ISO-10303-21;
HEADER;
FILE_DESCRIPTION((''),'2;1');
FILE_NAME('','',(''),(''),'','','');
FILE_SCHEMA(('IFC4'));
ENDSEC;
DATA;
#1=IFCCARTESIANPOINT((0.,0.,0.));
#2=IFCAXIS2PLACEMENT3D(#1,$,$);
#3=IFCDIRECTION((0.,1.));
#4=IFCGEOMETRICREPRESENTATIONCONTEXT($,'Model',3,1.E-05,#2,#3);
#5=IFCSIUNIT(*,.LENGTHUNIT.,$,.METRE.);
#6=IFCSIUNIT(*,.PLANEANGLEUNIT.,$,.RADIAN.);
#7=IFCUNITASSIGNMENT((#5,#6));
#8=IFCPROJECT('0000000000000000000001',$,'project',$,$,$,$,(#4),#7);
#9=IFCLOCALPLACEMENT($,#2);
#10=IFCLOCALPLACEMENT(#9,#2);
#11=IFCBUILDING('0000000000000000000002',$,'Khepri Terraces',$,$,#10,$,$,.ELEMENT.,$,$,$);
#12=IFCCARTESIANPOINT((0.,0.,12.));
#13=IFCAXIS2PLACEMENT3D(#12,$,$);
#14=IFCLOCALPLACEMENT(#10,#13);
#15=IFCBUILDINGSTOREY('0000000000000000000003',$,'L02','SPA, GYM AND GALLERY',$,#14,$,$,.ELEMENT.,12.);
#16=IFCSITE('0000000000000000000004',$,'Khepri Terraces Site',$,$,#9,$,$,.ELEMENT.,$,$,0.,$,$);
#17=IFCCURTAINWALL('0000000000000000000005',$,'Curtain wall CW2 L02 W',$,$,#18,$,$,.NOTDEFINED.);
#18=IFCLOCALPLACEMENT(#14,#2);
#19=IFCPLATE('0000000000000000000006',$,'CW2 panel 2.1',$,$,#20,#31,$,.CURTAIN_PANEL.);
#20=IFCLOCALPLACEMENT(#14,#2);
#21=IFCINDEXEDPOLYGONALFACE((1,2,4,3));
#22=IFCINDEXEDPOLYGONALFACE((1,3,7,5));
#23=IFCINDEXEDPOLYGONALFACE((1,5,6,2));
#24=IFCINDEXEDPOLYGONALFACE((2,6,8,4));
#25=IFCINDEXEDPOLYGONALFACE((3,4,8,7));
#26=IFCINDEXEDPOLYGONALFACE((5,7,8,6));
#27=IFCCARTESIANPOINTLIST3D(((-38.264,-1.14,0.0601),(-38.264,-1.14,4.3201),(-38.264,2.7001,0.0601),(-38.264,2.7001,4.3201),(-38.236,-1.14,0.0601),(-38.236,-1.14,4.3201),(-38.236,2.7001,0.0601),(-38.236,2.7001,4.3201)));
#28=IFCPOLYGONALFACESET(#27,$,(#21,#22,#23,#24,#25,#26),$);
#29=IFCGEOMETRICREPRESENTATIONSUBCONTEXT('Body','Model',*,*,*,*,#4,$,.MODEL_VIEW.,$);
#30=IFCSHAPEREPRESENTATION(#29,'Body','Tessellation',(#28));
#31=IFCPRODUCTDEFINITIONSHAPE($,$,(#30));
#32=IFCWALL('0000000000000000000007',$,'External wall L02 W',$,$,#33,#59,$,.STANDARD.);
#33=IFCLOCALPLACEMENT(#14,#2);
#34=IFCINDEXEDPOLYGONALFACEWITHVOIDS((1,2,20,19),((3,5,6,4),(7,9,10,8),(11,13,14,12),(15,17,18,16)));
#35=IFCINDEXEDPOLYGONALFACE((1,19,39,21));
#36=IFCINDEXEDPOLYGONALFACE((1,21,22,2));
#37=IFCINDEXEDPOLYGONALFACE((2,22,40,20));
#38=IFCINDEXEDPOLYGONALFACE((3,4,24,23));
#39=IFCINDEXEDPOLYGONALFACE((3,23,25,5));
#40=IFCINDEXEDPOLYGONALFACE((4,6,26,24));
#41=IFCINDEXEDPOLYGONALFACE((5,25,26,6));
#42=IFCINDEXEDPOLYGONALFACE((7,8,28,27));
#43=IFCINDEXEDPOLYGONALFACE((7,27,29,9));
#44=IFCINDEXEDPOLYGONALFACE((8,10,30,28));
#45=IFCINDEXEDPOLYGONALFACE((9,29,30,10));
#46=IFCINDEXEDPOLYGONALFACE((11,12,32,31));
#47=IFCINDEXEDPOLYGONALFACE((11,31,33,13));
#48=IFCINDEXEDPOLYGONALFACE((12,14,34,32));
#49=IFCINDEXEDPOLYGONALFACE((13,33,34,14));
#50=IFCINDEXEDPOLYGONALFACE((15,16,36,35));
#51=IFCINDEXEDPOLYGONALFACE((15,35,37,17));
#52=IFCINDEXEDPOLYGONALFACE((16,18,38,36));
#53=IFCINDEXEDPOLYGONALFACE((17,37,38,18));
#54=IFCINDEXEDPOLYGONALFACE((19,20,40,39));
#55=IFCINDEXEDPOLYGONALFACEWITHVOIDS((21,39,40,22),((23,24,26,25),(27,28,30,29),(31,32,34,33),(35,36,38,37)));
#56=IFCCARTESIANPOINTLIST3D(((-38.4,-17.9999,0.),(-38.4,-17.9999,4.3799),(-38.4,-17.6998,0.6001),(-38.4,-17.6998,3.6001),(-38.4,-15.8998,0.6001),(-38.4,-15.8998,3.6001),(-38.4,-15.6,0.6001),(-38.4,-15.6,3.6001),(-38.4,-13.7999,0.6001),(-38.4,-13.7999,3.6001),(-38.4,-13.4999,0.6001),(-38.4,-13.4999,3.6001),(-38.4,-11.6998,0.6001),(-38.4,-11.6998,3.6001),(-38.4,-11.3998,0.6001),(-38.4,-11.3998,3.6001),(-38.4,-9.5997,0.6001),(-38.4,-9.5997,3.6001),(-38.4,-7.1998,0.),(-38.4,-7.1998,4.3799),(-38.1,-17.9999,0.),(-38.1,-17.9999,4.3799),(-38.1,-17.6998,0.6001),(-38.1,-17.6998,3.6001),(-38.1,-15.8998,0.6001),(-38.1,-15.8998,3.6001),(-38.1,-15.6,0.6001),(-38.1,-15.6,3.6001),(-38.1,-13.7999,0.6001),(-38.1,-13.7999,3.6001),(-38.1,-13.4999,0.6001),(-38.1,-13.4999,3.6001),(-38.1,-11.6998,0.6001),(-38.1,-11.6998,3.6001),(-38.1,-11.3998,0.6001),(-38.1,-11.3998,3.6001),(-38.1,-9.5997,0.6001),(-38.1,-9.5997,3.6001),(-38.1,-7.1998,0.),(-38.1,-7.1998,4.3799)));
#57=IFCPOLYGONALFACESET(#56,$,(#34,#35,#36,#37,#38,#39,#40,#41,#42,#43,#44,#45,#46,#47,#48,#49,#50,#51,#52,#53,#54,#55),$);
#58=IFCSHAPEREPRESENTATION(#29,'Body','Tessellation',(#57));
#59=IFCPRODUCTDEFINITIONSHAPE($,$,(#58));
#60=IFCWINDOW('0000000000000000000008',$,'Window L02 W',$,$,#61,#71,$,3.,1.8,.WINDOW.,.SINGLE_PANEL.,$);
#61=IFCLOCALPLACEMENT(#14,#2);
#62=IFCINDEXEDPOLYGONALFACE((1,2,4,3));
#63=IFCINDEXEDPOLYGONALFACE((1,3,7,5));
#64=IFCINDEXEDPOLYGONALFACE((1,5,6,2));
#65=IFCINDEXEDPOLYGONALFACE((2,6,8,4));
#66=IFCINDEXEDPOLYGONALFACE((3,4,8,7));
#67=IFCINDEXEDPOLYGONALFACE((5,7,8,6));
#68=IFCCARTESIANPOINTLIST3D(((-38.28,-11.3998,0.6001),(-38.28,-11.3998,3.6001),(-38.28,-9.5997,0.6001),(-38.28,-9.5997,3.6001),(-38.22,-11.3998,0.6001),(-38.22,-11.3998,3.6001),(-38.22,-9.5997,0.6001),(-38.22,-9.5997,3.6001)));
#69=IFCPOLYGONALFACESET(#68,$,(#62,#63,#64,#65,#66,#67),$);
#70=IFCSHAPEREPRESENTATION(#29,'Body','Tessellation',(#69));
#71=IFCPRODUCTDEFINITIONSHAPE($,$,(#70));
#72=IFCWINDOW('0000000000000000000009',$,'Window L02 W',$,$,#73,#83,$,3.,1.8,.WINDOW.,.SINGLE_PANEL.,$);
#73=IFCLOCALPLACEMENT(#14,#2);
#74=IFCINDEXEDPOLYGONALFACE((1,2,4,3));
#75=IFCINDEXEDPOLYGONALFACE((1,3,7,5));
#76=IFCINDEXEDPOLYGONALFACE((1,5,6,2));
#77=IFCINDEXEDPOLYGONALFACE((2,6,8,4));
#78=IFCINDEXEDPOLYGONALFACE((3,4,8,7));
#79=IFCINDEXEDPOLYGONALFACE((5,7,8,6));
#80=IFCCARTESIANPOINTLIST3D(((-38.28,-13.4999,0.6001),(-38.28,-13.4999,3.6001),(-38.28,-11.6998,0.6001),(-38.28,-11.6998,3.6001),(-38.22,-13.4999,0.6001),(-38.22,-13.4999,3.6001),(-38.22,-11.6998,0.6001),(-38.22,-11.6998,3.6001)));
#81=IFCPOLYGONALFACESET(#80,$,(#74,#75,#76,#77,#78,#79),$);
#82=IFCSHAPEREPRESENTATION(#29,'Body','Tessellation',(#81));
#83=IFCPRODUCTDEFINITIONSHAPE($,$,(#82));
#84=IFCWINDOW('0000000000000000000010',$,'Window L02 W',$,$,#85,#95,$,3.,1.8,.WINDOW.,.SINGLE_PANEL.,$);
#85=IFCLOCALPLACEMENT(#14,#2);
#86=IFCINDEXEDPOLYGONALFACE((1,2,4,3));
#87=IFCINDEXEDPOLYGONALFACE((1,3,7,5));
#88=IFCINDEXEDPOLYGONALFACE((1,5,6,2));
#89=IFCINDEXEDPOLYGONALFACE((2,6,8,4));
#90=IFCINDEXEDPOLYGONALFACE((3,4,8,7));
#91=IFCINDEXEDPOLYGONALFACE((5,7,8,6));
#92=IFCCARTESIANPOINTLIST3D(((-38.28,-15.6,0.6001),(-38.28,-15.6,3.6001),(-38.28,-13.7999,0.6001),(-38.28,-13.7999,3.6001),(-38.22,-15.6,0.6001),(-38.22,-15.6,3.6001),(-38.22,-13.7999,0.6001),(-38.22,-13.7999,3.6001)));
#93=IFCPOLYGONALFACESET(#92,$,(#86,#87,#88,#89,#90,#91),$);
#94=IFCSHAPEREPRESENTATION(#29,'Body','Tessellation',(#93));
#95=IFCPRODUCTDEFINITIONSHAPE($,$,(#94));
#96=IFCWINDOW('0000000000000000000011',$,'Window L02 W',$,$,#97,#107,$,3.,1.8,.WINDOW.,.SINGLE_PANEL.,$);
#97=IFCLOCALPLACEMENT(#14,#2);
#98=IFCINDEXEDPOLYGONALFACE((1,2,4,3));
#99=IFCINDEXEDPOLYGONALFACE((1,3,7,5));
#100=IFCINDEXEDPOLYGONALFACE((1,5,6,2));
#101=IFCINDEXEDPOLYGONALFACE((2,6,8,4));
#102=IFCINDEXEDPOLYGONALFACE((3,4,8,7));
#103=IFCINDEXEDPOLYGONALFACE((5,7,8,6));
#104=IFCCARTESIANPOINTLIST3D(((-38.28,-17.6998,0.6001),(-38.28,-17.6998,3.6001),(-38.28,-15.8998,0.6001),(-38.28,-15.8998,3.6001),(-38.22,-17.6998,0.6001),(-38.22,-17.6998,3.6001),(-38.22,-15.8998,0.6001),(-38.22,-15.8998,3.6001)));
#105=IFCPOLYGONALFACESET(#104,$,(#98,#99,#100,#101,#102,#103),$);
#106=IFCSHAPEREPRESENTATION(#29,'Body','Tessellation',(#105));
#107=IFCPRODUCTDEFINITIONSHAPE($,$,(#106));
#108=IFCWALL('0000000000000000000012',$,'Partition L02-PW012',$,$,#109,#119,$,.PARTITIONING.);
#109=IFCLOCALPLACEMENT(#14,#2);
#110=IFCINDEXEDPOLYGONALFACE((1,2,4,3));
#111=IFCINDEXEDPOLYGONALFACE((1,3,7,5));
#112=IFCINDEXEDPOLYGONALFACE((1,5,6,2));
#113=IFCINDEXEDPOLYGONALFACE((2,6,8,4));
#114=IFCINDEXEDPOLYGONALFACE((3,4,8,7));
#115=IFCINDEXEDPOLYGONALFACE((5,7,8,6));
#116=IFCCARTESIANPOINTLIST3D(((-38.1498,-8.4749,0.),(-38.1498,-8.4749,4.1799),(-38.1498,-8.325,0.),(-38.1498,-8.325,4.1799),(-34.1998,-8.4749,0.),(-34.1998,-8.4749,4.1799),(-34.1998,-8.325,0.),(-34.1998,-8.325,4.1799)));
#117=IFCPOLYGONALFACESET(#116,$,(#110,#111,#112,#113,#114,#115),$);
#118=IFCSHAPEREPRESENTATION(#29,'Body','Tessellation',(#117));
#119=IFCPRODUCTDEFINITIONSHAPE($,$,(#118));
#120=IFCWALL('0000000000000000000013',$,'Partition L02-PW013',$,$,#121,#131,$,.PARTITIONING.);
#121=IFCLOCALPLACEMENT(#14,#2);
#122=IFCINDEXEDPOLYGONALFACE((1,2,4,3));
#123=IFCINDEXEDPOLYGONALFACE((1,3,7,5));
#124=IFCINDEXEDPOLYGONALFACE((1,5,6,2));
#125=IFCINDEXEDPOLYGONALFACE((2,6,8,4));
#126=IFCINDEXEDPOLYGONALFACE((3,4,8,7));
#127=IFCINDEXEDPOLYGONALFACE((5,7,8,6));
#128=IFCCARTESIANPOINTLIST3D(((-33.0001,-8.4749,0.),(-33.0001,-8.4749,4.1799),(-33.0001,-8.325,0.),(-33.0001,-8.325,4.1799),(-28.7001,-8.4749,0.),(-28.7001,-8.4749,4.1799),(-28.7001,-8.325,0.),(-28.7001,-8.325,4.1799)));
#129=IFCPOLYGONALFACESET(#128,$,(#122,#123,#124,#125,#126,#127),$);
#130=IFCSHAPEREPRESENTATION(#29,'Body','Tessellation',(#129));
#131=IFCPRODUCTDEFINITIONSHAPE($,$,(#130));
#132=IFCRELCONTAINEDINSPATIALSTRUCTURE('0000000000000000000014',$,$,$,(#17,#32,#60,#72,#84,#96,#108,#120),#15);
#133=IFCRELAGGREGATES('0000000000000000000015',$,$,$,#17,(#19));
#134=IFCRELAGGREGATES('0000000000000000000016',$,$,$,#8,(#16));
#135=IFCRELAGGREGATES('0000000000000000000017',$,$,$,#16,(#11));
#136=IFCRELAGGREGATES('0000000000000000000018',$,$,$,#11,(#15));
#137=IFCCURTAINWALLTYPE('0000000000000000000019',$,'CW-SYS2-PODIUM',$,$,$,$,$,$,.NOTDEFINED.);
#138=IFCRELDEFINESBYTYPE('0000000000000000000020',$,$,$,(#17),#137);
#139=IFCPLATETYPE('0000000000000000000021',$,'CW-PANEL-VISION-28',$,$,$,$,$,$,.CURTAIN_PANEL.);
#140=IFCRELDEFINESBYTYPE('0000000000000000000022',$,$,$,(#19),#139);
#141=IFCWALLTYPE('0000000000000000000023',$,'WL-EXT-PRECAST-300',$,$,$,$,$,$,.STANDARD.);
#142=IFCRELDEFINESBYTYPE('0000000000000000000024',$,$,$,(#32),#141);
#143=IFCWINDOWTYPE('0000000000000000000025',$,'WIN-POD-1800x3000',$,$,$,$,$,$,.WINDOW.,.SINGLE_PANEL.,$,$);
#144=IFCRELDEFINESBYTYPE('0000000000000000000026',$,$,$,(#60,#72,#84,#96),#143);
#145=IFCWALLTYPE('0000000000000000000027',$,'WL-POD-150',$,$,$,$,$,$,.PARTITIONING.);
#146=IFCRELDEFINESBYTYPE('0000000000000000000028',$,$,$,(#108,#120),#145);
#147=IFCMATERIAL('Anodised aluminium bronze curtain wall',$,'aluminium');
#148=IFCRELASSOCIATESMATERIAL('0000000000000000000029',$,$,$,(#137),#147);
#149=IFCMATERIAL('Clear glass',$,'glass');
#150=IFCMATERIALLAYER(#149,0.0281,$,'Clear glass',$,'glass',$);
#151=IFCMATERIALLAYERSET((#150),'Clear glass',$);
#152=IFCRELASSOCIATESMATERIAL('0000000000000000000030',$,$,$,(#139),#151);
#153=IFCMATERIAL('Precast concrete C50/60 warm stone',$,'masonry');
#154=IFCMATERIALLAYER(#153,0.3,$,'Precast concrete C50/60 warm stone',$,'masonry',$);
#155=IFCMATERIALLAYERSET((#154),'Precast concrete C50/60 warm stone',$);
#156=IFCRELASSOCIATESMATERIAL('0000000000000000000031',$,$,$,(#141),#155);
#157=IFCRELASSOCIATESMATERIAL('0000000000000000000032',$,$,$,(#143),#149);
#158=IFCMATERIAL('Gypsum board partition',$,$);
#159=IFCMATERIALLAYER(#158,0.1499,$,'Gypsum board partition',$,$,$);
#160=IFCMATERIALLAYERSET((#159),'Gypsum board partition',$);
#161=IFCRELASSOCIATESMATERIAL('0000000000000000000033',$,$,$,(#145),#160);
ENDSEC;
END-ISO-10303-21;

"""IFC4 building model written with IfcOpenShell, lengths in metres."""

from ifc_helpers import new_model, si_unit, direction, frame, frame_2d, origin, origin_2d, place, context, subcontext, project, spatial, rectangle, extrude, material, layer, layer_set, type_object, element, fill, aggregate, save


model = new_model("IFC4")

# Units and contexts
model_context = context("Model", 3, precision=1e-05, world=origin(), true_north=direction((0.0, 1.0)))
body_context = subcontext(model_context, "Body", "Model", "MODEL_VIEW")
ifc_project = project(units=[si_unit("LENGTHUNIT", "METRE"), si_unit("PLANEANGLEUNIT", "RADIAN")], contexts=[model_context])

# Site, building, storey
site_placement = place(None, origin())
site = spatial("IfcSite", under=ifc_project, at=site_placement, Name="Khepri Terraces Site", CompositionType="ELEMENT", RefElevation=0.0)
building_placement = place(site_placement, origin())
building = spatial("IfcBuilding", under=site, at=building_placement, Name="Khepri Terraces", CompositionType="ELEMENT")
storey_placement = place(building_placement, frame((0.0, 0.0, 12.0)))
storey = spatial("IfcBuildingStorey", under=building, at=storey_placement, Name="L02", Description="SPA, GYM AND GALLERY", CompositionType="ELEMENT", Elevation=12.0)

# Curtain wall
ifc_material_1 = material(Name="Anodised aluminium bronze curtain wall", Category="aluminium")
curtain_wall_type = type_object("IfcCurtainWallType", Name="CW-SYS2-PODIUM", PredefinedType="NOTDEFINED", material=ifc_material_1)
curtain_wall_placement = place(storey_placement, origin())
curtain_wall = element("IfcCurtainWall", 1, at=curtain_wall_placement, inside=storey, type_object=curtain_wall_type, Name="Curtain wall CW2 L02 W", PredefinedType="NOTDEFINED")

# Plate
ifc_material_2 = material(Name="Clear glass", Category="glass")
ifc_layer_1 = layer(ifc_material_2, 0.0281, Name="Clear glass", Category="glass")
ifc_layer_set_1 = layer_set([ifc_layer_1], Name="Clear glass")
plate_type = type_object("IfcPlateType", Name="CW-PANEL-VISION-28", PredefinedType="CURTAIN_PANEL", material=ifc_layer_set_1)
plate_placement = place(storey_placement, frame((-38.25, 0.78, 0.0601), z_axis=(0.0, 0.0, 1.0), x_axis=(0.0, -1.0, 0.0)))
plate = element("IfcPlate", 2, at=plate_placement, type_object=plate_type, Name="CW2 panel 2.1", PredefinedType="CURTAIN_PANEL", context=body_context, shape_type="SweptSolid", body=[
    extrude(rectangle(XDim=3.8401, YDim=0.0281, at=origin_2d()), origin(), (0.0, 0.0, 1.0), 4.26),
])
aggregate(curtain_wall, [plate])

# Shared definitions
ifc_material_3 = material(Name="Precast concrete C50/60 warm stone", Category="masonry")
ifc_layer_2 = layer(ifc_material_3, 0.3, Name="Precast concrete C50/60 warm stone", Category="masonry")
ifc_layer_set_2 = layer_set([ifc_layer_2], Name="Precast concrete C50/60 warm stone")
wall_type_1 = type_object("IfcWallType", Name="WL-EXT-PRECAST-300", PredefinedType="STANDARD", material=ifc_layer_set_2)

# Wall, openings, windows
wall_1_placement = place(storey_placement, frame((-38.25, -7.2, 0.0), z_axis=(0.0, 0.0, 1.0), x_axis=(0.0, -1.0, 0.0)))
wall_1 = element("IfcWall", 3, at=wall_1_placement, inside=storey, type_object=wall_type_1, Name="External wall L02 W", PredefinedType="STANDARD", context=body_context, shape_type="SweptSolid", body=[
    extrude(rectangle(XDim=10.8, YDim=0.3, at=frame_2d((5.3999, 0.0))), origin(), (0.0, 0.0, 1.0), 4.3799),
])
opening_1_placement = place(wall_1_placement, frame((2.3999, 0.0, 0.6001)))
opening_1 = element("IfcOpeningElement", 4, at=opening_1_placement, cuts=wall_1, PredefinedType="OPENING", context=body_context, shape_type="SweptSolid", body=[
    extrude(rectangle(XDim=1.8, YDim=3.0, at=frame_2d((0.8999, 1.5))), frame((0.0, 0.1602, 0.0), z_axis=(0.0, -1.0, 0.0), x_axis=(1.0, 0.0, 0.0)), (0.0, 0.0, 1.0), 0.3201),
])
opening_2_placement = place(wall_1_placement, frame((4.5, 0.0, 0.6001)))
opening_2 = element("IfcOpeningElement", 5, at=opening_2_placement, cuts=wall_1, PredefinedType="OPENING", context=body_context, shape_type="SweptSolid", body=[
    extrude(rectangle(XDim=1.8, YDim=3.0, at=frame_2d((0.8999, 1.5))), frame((0.0, 0.1602, 0.0), z_axis=(0.0, -1.0, 0.0), x_axis=(1.0, 0.0, 0.0)), (0.0, 0.0, 1.0), 0.3201),
])
opening_3_placement = place(wall_1_placement, frame((6.6001, 0.0, 0.6001)))
opening_3 = element("IfcOpeningElement", 6, at=opening_3_placement, cuts=wall_1, PredefinedType="OPENING", context=body_context, shape_type="SweptSolid", body=[
    extrude(rectangle(XDim=1.8, YDim=3.0, at=frame_2d((0.8999, 1.5))), frame((0.0, 0.1602, 0.0), z_axis=(0.0, -1.0, 0.0), x_axis=(1.0, 0.0, 0.0)), (0.0, 0.0, 1.0), 0.3201),
])
opening_4_placement = place(wall_1_placement, frame((8.7, 0.0, 0.6001)))
opening_4 = element("IfcOpeningElement", 7, at=opening_4_placement, cuts=wall_1, PredefinedType="OPENING", context=body_context, shape_type="SweptSolid", body=[
    extrude(rectangle(XDim=1.8, YDim=3.0, at=frame_2d((0.8999, 1.5))), frame((0.0, 0.1602, 0.0), z_axis=(0.0, -1.0, 0.0), x_axis=(1.0, 0.0, 0.0)), (0.0, 0.0, 1.0), 0.3201),
])
window_type = type_object("IfcWindowType", Name="WIN-POD-1800x3000", PartitioningType="SINGLE_PANEL", PredefinedType="WINDOW", material=ifc_material_2)
window_1_placement = place(opening_1_placement, origin())
window_1 = element("IfcWindow", 8, at=window_1_placement, inside=storey, type_object=window_type, Name="Window L02 W", OverallHeight=3.0, OverallWidth=1.8, PartitioningType="SINGLE_PANEL", PredefinedType="WINDOW", context=body_context, shape_type="SweptSolid", body=[
    extrude(rectangle(XDim=1.8, YDim=3.0, at=frame_2d((0.8999, 1.5))), frame((0.0, 0.03, 0.0), z_axis=(0.0, -1.0, 0.0), x_axis=(1.0, 0.0, 0.0)), (0.0, 0.0, 1.0), 0.0601),
])
fill(opening_1, window_1)
window_2_placement = place(opening_2_placement, origin())
window_2 = element("IfcWindow", 9, at=window_2_placement, inside=storey, type_object=window_type, Name="Window L02 W", OverallHeight=3.0, OverallWidth=1.8, PartitioningType="SINGLE_PANEL", PredefinedType="WINDOW", context=body_context, shape_type="SweptSolid", body=[
    extrude(rectangle(XDim=1.8, YDim=3.0, at=frame_2d((0.8999, 1.5))), frame((0.0, 0.03, 0.0), z_axis=(0.0, -1.0, 0.0), x_axis=(1.0, 0.0, 0.0)), (0.0, 0.0, 1.0), 0.0601),
])
fill(opening_2, window_2)
window_3_placement = place(opening_3_placement, origin())
window_3 = element("IfcWindow", 10, at=window_3_placement, inside=storey, type_object=window_type, Name="Window L02 W", OverallHeight=3.0, OverallWidth=1.8, PartitioningType="SINGLE_PANEL", PredefinedType="WINDOW", context=body_context, shape_type="SweptSolid", body=[
    extrude(rectangle(XDim=1.8, YDim=3.0, at=frame_2d((0.8999, 1.5))), frame((0.0, 0.03, 0.0), z_axis=(0.0, -1.0, 0.0), x_axis=(1.0, 0.0, 0.0)), (0.0, 0.0, 1.0), 0.0601),
])
fill(opening_3, window_3)
window_4_placement = place(opening_4_placement, origin())
window_4 = element("IfcWindow", 11, at=window_4_placement, inside=storey, type_object=window_type, Name="Window L02 W", OverallHeight=3.0, OverallWidth=1.8, PartitioningType="SINGLE_PANEL", PredefinedType="WINDOW", context=body_context, shape_type="SweptSolid", body=[
    extrude(rectangle(XDim=1.8, YDim=3.0, at=frame_2d((0.8999, 1.5))), frame((0.0, 0.03, 0.0), z_axis=(0.0, -1.0, 0.0), x_axis=(1.0, 0.0, 0.0)), (0.0, 0.0, 1.0), 0.0601),
])
fill(opening_4, window_4)

# Walls
ifc_material_4 = material(Name="Gypsum board partition")
ifc_layer_3 = layer(ifc_material_4, 0.1499, Name="Gypsum board partition")
ifc_layer_set_3 = layer_set([ifc_layer_3], Name="Gypsum board partition")
wall_type_2 = type_object("IfcWallType", Name="WL-POD-150", PredefinedType="PARTITIONING", material=ifc_layer_set_3)
wall_2_placement = place(storey_placement, frame((-38.1499, -8.3999, 0.0), z_axis=(0.0, 0.0, 1.0), x_axis=(1.0, 0.0, 0.0)))
element("IfcWall", 12, at=wall_2_placement, inside=storey, type_object=wall_type_2, Name="Partition L02-PW012", PredefinedType="PARTITIONING", context=body_context, shape_type="SweptSolid", body=[
    extrude(rectangle(XDim=3.95, YDim=0.1499, at=frame_2d((1.9751, 0.0))), origin(), (0.0, 0.0, 1.0), 4.1799),
])
wall_3_placement = place(storey_placement, frame((-33.0, -8.3999, 0.0), z_axis=(0.0, 0.0, 1.0), x_axis=(1.0, 0.0, 0.0)))
element("IfcWall", 13, at=wall_3_placement, inside=storey, type_object=wall_type_2, Name="Partition L02-PW013", PredefinedType="PARTITIONING", context=body_context, shape_type="SweptSolid", body=[
    extrude(rectangle(XDim=4.3, YDim=0.1499, at=frame_2d((2.1499, 0.0))), origin(), (0.0, 0.0, 1.0), 4.1799),
])

save(model, "model.ifc")
